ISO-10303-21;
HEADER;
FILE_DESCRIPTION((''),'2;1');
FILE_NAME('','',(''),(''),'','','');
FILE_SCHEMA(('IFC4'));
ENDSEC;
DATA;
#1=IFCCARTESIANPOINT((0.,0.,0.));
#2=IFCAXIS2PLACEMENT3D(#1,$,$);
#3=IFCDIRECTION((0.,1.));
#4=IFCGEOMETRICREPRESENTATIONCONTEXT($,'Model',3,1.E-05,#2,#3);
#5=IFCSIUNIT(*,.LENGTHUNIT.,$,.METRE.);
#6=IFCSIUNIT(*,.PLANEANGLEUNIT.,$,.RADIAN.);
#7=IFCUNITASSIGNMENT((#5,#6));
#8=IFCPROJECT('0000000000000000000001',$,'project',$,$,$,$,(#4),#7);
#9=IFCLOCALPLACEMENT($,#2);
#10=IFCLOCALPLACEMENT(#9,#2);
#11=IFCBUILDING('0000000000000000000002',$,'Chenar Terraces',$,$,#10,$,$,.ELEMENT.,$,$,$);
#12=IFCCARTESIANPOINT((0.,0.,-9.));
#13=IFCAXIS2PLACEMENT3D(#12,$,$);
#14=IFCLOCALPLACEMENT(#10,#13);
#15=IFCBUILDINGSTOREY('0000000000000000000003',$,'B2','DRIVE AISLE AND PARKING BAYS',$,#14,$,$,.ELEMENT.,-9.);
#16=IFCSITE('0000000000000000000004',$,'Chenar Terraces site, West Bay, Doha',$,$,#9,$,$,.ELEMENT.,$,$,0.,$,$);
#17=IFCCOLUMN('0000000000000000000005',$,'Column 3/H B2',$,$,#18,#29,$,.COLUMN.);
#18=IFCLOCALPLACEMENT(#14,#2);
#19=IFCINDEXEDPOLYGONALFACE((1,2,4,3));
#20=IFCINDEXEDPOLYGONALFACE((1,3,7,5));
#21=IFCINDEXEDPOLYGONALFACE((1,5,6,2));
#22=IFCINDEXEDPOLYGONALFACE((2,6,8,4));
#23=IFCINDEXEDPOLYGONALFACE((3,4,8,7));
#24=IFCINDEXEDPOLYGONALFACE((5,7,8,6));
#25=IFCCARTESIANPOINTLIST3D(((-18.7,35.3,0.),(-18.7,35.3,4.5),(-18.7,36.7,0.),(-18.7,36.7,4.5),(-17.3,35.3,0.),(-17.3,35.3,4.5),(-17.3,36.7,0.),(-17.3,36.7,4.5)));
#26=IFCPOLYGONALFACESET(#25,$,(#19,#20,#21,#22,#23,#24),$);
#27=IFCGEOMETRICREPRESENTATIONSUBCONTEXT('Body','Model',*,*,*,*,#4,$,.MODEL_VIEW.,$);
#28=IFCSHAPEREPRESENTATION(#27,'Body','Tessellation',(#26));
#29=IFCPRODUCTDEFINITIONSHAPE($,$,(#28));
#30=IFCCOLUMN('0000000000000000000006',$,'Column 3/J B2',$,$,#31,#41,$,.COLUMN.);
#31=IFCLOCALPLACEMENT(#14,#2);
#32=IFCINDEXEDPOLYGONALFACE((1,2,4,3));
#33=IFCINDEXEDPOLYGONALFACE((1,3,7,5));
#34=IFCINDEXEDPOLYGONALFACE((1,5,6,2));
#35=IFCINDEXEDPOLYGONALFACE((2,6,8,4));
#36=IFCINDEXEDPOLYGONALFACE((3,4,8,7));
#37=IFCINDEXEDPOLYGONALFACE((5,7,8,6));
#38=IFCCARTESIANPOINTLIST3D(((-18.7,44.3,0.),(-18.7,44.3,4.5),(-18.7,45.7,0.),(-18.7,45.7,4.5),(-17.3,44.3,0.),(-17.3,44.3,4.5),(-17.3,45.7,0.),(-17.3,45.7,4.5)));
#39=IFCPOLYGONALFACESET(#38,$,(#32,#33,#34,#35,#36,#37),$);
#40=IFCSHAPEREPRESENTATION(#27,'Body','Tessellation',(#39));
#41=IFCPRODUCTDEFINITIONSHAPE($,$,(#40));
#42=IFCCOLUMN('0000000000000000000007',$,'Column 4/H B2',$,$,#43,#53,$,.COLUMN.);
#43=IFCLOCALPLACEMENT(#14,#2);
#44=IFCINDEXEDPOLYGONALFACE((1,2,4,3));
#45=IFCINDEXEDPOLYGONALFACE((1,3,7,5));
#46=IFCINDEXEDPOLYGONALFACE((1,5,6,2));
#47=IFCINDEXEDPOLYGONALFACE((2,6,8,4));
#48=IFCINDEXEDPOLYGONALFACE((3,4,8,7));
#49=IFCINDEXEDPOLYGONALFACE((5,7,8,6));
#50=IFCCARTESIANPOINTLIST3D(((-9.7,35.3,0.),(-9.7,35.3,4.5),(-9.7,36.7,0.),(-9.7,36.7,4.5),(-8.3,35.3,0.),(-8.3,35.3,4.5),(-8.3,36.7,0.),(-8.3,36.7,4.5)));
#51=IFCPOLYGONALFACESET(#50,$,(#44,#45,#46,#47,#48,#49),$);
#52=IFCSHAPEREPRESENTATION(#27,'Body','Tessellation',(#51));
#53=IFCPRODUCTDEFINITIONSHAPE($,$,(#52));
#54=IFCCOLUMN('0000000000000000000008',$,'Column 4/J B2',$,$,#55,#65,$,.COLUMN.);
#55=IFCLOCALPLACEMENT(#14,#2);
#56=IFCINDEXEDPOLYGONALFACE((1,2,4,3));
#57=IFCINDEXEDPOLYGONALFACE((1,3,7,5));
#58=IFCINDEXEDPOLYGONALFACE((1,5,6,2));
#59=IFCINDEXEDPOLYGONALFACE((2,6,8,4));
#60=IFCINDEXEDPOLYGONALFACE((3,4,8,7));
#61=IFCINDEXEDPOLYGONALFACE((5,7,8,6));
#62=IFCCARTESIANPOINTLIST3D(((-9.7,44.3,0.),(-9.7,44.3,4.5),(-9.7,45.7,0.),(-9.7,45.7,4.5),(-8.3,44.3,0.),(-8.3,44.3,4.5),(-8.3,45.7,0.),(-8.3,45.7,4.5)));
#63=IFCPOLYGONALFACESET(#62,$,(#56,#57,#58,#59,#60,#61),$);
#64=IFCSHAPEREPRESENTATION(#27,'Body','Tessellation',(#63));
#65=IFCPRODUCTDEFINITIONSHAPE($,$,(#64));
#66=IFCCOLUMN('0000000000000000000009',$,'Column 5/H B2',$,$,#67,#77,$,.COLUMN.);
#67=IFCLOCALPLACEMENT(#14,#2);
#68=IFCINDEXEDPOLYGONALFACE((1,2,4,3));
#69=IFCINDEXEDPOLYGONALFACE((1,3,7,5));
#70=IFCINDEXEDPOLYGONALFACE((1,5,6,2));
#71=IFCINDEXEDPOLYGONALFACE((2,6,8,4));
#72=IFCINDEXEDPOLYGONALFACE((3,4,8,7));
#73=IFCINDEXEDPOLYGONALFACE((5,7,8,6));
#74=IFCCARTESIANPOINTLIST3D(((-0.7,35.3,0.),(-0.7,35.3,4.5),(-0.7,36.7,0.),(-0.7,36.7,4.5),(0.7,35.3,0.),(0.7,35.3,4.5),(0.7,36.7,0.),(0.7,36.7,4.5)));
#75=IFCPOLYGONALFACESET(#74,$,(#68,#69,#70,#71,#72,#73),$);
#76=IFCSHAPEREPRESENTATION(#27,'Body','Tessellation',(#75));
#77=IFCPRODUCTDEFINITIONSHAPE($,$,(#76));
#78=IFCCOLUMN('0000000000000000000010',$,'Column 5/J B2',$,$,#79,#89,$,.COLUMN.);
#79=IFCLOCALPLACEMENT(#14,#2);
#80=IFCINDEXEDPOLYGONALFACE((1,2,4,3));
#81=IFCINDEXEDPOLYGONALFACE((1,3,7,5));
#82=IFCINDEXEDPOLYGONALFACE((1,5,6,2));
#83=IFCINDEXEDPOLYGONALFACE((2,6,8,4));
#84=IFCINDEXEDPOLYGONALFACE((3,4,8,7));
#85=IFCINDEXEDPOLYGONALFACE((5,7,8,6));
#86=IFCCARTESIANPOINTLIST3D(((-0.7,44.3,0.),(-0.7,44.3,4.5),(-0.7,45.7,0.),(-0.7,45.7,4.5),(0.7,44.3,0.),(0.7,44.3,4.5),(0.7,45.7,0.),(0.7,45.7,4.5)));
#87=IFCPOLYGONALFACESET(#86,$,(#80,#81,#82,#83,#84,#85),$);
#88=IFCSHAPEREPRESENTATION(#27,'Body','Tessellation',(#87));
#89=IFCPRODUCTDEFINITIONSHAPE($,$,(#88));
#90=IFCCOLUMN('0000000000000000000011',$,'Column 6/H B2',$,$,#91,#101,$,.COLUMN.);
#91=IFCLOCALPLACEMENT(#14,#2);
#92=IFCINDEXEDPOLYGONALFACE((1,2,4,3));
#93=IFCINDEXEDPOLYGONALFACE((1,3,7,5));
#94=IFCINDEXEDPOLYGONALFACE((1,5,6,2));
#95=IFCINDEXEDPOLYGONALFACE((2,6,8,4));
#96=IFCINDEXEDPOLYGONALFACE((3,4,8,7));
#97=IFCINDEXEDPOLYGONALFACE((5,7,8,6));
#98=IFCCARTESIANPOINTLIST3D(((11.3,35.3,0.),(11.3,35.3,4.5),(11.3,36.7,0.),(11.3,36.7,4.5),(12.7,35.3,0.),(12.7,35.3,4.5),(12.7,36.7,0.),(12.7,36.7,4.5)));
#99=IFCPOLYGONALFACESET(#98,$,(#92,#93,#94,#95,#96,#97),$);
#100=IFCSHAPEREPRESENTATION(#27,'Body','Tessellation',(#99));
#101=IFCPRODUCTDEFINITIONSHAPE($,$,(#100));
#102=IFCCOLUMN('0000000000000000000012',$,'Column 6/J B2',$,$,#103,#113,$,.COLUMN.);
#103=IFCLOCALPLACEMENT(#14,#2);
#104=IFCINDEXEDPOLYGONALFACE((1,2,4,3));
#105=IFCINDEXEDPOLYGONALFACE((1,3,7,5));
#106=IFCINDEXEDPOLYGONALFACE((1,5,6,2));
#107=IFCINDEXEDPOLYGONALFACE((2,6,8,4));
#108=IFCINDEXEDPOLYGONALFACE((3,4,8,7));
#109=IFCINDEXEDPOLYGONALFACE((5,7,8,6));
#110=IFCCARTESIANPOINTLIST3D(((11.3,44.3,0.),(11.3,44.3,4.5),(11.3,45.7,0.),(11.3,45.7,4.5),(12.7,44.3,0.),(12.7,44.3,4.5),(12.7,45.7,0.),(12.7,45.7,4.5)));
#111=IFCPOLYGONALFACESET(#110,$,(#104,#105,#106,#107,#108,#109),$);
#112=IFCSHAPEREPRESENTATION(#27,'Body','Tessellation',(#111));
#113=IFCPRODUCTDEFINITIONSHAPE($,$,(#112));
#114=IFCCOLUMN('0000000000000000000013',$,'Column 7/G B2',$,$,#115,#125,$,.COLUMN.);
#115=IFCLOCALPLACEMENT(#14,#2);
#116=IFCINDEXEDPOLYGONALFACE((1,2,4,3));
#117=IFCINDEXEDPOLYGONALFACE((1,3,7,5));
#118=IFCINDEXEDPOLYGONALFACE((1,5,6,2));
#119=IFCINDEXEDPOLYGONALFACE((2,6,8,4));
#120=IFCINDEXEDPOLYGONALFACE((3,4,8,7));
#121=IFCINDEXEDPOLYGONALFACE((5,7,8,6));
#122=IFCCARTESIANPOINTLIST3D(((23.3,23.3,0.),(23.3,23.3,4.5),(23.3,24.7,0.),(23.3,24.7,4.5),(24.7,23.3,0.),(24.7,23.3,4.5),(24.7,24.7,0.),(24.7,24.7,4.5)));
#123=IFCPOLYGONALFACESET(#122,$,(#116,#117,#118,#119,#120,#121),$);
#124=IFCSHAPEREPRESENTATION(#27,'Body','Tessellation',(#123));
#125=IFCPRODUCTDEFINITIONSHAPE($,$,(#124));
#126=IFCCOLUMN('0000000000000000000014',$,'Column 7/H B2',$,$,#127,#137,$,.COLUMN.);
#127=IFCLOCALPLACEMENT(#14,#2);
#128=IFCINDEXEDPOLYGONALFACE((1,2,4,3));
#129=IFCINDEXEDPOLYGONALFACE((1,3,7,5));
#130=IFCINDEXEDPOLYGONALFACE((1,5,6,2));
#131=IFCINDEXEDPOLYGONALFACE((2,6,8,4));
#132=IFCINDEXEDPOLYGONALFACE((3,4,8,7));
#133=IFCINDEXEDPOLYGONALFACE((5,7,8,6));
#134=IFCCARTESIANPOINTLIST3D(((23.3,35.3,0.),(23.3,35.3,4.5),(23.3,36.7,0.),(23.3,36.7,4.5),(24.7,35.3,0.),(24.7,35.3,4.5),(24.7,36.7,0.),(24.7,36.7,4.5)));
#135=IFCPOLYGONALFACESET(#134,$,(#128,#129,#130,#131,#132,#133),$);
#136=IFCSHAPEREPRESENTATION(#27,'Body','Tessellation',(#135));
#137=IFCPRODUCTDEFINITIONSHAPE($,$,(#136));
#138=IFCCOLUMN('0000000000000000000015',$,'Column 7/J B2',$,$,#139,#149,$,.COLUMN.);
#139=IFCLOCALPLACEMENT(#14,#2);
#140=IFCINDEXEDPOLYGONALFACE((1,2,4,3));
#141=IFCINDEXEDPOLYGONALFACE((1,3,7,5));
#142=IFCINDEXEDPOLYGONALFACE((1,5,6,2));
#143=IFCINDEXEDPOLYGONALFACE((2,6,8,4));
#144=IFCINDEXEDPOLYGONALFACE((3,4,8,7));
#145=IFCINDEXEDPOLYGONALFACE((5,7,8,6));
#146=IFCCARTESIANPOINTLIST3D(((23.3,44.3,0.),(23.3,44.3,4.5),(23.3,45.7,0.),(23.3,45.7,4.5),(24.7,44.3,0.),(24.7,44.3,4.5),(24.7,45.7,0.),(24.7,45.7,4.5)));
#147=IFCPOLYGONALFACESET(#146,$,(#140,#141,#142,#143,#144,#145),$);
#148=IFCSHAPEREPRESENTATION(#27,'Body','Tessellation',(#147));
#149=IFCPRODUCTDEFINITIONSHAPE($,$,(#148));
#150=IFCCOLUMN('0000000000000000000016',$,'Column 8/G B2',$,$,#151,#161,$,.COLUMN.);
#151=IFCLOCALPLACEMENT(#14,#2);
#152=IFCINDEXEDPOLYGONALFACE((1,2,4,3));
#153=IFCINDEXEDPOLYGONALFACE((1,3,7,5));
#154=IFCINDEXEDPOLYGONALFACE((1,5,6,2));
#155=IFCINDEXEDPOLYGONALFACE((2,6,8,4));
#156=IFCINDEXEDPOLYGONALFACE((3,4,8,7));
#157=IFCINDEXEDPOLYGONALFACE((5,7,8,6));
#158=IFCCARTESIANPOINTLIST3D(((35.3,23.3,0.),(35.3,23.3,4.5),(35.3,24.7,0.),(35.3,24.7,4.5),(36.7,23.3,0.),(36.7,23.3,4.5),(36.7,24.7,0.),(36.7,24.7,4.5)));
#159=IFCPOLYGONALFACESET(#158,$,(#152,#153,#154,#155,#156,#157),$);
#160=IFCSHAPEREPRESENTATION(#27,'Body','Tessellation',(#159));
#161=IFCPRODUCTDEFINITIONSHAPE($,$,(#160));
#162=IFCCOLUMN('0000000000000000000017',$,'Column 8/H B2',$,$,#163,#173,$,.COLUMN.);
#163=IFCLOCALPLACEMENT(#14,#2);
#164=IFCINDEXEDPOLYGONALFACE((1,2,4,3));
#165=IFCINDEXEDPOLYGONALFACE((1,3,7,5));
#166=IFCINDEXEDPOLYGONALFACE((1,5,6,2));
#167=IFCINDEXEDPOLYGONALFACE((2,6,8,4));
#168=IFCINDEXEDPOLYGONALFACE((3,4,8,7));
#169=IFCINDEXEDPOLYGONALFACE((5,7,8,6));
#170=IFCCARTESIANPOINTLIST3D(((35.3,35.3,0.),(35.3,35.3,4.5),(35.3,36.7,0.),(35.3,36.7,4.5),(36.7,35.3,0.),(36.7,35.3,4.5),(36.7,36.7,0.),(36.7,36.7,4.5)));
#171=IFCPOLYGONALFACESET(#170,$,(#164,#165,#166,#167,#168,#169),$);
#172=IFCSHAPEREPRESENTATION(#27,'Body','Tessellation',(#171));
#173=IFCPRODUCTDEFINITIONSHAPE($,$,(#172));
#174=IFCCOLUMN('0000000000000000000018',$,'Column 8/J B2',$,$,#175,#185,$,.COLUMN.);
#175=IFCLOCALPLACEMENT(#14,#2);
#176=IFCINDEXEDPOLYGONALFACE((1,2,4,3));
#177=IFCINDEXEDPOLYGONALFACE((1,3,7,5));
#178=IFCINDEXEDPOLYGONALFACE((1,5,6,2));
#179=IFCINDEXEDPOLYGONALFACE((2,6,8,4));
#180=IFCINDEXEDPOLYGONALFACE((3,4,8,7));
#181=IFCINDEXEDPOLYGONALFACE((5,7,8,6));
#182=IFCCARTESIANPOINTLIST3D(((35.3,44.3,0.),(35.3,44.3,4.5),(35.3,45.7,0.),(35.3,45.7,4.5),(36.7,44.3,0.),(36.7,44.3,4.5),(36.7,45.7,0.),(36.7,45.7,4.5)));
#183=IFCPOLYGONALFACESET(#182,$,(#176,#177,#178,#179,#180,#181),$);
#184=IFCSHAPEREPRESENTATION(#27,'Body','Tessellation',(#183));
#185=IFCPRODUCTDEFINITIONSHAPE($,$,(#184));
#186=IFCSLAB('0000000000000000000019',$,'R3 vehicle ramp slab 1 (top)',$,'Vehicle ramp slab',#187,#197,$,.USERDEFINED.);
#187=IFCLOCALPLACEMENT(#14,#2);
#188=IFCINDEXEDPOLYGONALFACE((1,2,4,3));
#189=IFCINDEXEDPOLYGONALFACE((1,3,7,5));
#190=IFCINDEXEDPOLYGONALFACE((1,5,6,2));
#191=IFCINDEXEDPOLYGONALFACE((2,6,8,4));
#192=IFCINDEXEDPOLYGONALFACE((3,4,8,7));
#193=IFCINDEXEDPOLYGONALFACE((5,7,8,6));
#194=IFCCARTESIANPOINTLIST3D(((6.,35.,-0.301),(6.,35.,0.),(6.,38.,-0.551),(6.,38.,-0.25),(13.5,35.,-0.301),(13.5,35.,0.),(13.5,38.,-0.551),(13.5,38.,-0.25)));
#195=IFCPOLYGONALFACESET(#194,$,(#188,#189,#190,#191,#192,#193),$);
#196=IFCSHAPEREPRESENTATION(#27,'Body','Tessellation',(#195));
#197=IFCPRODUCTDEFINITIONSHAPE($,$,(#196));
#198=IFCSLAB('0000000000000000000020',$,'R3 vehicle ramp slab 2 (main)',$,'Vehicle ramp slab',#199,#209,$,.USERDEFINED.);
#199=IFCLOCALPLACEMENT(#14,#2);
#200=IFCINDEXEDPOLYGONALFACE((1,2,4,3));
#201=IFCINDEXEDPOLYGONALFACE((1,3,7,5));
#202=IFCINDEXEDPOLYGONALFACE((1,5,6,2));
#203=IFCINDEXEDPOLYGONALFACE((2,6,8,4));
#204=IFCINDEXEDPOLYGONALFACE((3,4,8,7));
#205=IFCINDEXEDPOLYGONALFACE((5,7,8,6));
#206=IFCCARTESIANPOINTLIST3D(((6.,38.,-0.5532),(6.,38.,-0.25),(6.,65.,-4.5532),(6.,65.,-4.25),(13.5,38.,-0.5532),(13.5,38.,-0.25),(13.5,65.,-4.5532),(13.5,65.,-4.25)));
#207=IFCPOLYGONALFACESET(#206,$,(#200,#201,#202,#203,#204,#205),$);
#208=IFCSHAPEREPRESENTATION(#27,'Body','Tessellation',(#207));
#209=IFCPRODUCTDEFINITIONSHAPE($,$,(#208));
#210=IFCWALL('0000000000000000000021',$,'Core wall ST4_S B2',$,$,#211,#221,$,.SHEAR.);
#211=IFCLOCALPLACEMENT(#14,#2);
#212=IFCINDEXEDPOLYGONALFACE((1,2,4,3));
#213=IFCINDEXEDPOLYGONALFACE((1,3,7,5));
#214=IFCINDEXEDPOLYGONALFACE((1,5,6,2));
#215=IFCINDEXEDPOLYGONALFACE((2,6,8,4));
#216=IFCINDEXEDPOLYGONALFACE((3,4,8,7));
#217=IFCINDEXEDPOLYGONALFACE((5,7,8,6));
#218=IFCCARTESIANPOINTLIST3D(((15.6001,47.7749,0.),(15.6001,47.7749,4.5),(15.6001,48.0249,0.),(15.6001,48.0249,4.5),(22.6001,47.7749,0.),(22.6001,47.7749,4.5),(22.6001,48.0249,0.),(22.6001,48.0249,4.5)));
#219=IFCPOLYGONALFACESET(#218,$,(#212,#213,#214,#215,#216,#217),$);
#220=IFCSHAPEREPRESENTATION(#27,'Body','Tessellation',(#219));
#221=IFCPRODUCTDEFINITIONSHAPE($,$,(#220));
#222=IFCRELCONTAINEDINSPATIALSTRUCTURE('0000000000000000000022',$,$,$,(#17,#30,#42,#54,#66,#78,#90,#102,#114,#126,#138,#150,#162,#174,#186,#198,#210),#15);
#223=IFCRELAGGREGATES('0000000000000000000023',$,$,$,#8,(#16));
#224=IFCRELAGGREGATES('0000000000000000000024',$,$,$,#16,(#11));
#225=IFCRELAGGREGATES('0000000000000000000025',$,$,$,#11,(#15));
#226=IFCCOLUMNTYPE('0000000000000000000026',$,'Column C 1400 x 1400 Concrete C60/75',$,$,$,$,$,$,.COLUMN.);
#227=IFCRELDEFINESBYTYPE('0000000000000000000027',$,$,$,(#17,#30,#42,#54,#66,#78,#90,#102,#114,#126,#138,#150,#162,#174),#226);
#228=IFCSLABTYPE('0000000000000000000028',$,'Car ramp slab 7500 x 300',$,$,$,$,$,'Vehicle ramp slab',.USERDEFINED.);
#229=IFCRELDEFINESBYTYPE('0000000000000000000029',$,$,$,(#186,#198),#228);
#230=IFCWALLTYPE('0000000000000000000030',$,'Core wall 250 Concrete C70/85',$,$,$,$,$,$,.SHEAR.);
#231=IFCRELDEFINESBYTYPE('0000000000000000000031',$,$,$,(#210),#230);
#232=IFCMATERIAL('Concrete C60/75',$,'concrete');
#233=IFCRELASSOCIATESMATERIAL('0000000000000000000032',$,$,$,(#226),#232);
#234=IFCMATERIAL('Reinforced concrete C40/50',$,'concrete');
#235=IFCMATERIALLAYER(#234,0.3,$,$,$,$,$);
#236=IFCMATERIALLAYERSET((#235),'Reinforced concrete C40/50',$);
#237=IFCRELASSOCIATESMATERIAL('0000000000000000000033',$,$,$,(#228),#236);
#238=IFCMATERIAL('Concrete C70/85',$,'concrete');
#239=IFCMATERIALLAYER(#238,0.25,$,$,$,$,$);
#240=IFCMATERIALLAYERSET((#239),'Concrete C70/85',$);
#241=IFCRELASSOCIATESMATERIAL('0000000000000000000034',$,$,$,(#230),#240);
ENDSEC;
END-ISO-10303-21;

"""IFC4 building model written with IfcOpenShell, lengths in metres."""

from ifc_helpers import new_model, si_unit, direction, frame, frame_2d, origin, origin_2d, place, context, subcontext, project, spatial, polyline, rectangle, outline, extrude, material, layer, layer_set, material_profile, profile_set, type_object, element, save


model = new_model("IFC4")

# Units and contexts
model_context = context("Model", 3, precision=1e-05, world=origin(), true_north=direction((0.0, 1.0)))
body_context = subcontext(model_context, "Body", "Model", "MODEL_VIEW")
ifc_project = project(units=[si_unit("LENGTHUNIT", "METRE"), si_unit("PLANEANGLEUNIT", "RADIAN")], contexts=[model_context])

# Site, building, storey
site_placement = place(None, origin())
site = spatial("IfcSite", under=ifc_project, at=site_placement, Name="Chenar Terraces site, West Bay, Doha", CompositionType="ELEMENT", RefElevation=0.0)
building_placement = place(site_placement, origin())
building = spatial("IfcBuilding", under=site, at=building_placement, Name="Chenar Terraces", CompositionType="ELEMENT")
storey_placement = place(building_placement, frame((0.0, 0.0, -9.0)))
storey = spatial("IfcBuildingStorey", under=building, at=storey_placement, Name="B2", Description="DRIVE AISLE AND PARKING BAYS", CompositionType="ELEMENT", Elevation=-9.0)

# Columns
ifc_material_1 = material(Name="Concrete C60/75", Category="concrete")
ifc_material_profile = material_profile(ifc_material_1, rectangle(XDim=1.3999, YDim=1.3999, at=origin_2d()), Name="C 1400 x 1400")
ifc_profile_set = profile_set([ifc_material_profile], Name="Concrete C60/75")
column_type = type_object("IfcColumnType", Name="Column C 1400 x 1400 Concrete C60/75", PredefinedType="COLUMN", material=ifc_profile_set)
for number, where, z_axis, x_axis, name in (
    (1, (-18.0, 36.0, 0.0), (0.0, 0.0, 1.0), (1.0, 0.0, 0.0), "Column 3/H B2"),
    (2, (-18.0, 45.0, 0.0), (0.0, 0.0, 1.0), (1.0, 0.0, 0.0), "Column 3/J B2"),
    (3, (-9.0, 36.0, 0.0), (0.0, 0.0, 1.0), (1.0, 0.0, 0.0), "Column 4/H B2"),
    (4, (-9.0, 45.0, 0.0), (0.0, 0.0, 1.0), (1.0, 0.0, 0.0), "Column 4/J B2"),
    (5, (0.0, 36.0, 0.0), (0.0, 0.0, 1.0), (1.0, 0.0, 0.0), "Column 5/H B2"),
    (6, (0.0, 45.0, 0.0), (0.0, 0.0, 1.0), (1.0, 0.0, 0.0), "Column 5/J B2"),
    (7, (12.0, 36.0, 0.0), (0.0, 0.0, 1.0), (1.0, 0.0, 0.0), "Column 6/H B2"),
    (8, (12.0, 45.0, 0.0), (0.0, 0.0, 1.0), (1.0, 0.0, 0.0), "Column 6/J B2"),
    (9, (24.0, 24.0, 0.0), (0.0, 0.0, 1.0), (1.0, 0.0, 0.0), "Column 7/G B2"),
    (10, (24.0, 36.0, 0.0), (0.0, 0.0, 1.0), (1.0, 0.0, 0.0), "Column 7/H B2"),
    (11, (24.0, 45.0, 0.0), (0.0, 0.0, 1.0), (1.0, 0.0, 0.0), "Column 7/J B2"),
    (12, (36.0, 24.0, 0.0), (0.0, 0.0, 1.0), (1.0, 0.0, 0.0), "Column 8/G B2"),
    (13, (36.0, 36.0, 0.0), (0.0, 0.0, 1.0), (1.0, 0.0, 0.0), "Column 8/H B2"),
    (14, (36.0, 45.0, 0.0), (0.0, 0.0, 1.0), (1.0, 0.0, 0.0), "Column 8/J B2"),
):
    element("IfcColumn", number, at=place(storey_placement, frame(where, z_axis=z_axis, x_axis=x_axis)), inside=storey, type_object=column_type, Name=name, PredefinedType="COLUMN", context=body_context, shape_type="SweptSolid", body=[
        extrude(rectangle(XDim=1.3999, YDim=1.3999, at=origin_2d()), origin(), (0.0, 0.0, 1.0), 4.5),
    ])

# Slabs
ifc_material_2 = material(Name="Reinforced concrete C40/50", Category="concrete")
ifc_layer_1 = layer(ifc_material_2, 0.3)
ifc_layer_set_1 = layer_set([ifc_layer_1], Name="Reinforced concrete C40/50")
slab_type = type_object("IfcSlabType", Name="Car ramp slab 7500 x 300", ElementType="Vehicle ramp slab", PredefinedType="USERDEFINED", material=ifc_layer_set_1)
slab_1_placement = place(storey_placement, frame((6.0, 35.0, 0.0), z_axis=(0.0, 0.083045, 0.996546), x_axis=(0.0, 0.996546, -0.083045)))
element("IfcSlab", 15, at=slab_1_placement, inside=storey, type_object=slab_type, Name="R3 vehicle ramp slab 1 (top)", ObjectType="Vehicle ramp slab", PredefinedType="USERDEFINED", context=body_context, shape_type="SweptSolid", body=[
    extrude(outline(polyline([(0.0, 0.0), (3.0104, 0.0), (3.0104, -7.5), (0.0, -7.5), (0.0, 0.0)])), origin(), (0.083045, 0.0, -0.996546), 0.301),
])
slab_2_placement = place(storey_placement, frame((6.0, 38.0, -0.25), z_axis=(0.0, 0.146549, 0.989203), x_axis=(0.0, 0.989203, -0.146549)))
element("IfcSlab", 16, at=slab_2_placement, inside=storey, type_object=slab_type, Name="R3 vehicle ramp slab 2 (main)", ObjectType="Vehicle ramp slab", PredefinedType="USERDEFINED", context=body_context, shape_type="SweptSolid", body=[
    extrude(outline(polyline([(0.0, 0.0), (27.2947, 0.0), (27.2947, -7.5), (0.0, -7.5), (0.0, 0.0)])), origin(), (0.146549, 0.0, -0.989203), 0.3032),
])

# Wall
ifc_material_3 = material(Name="Concrete C70/85", Category="concrete")
ifc_layer_2 = layer(ifc_material_3, 0.25)
ifc_layer_set_2 = layer_set([ifc_layer_2], Name="Concrete C70/85")
wall_type_1 = type_object("IfcWallType", Name="Core wall 250 Concrete C70/85", PredefinedType="SHEAR", material=ifc_layer_set_2)
wall_1_placement = place(storey_placement, frame((15.6001, 47.8999, 0.0), z_axis=(0.0, 0.0, 1.0), x_axis=(1.0, 0.0, 0.0)))
element("IfcWall", 17, at=wall_1_placement, inside=storey, type_object=wall_type_1, Name="Core wall ST4_S B2", PredefinedType="SHEAR", context=body_context, shape_type="SweptSolid", body=[
    extrude(rectangle(XDim=7.0, YDim=0.25, at=frame_2d((3.5, 0.0))), origin(), (0.0, 0.0, 1.0), 4.5),
])

save(model, "model.ifc")
